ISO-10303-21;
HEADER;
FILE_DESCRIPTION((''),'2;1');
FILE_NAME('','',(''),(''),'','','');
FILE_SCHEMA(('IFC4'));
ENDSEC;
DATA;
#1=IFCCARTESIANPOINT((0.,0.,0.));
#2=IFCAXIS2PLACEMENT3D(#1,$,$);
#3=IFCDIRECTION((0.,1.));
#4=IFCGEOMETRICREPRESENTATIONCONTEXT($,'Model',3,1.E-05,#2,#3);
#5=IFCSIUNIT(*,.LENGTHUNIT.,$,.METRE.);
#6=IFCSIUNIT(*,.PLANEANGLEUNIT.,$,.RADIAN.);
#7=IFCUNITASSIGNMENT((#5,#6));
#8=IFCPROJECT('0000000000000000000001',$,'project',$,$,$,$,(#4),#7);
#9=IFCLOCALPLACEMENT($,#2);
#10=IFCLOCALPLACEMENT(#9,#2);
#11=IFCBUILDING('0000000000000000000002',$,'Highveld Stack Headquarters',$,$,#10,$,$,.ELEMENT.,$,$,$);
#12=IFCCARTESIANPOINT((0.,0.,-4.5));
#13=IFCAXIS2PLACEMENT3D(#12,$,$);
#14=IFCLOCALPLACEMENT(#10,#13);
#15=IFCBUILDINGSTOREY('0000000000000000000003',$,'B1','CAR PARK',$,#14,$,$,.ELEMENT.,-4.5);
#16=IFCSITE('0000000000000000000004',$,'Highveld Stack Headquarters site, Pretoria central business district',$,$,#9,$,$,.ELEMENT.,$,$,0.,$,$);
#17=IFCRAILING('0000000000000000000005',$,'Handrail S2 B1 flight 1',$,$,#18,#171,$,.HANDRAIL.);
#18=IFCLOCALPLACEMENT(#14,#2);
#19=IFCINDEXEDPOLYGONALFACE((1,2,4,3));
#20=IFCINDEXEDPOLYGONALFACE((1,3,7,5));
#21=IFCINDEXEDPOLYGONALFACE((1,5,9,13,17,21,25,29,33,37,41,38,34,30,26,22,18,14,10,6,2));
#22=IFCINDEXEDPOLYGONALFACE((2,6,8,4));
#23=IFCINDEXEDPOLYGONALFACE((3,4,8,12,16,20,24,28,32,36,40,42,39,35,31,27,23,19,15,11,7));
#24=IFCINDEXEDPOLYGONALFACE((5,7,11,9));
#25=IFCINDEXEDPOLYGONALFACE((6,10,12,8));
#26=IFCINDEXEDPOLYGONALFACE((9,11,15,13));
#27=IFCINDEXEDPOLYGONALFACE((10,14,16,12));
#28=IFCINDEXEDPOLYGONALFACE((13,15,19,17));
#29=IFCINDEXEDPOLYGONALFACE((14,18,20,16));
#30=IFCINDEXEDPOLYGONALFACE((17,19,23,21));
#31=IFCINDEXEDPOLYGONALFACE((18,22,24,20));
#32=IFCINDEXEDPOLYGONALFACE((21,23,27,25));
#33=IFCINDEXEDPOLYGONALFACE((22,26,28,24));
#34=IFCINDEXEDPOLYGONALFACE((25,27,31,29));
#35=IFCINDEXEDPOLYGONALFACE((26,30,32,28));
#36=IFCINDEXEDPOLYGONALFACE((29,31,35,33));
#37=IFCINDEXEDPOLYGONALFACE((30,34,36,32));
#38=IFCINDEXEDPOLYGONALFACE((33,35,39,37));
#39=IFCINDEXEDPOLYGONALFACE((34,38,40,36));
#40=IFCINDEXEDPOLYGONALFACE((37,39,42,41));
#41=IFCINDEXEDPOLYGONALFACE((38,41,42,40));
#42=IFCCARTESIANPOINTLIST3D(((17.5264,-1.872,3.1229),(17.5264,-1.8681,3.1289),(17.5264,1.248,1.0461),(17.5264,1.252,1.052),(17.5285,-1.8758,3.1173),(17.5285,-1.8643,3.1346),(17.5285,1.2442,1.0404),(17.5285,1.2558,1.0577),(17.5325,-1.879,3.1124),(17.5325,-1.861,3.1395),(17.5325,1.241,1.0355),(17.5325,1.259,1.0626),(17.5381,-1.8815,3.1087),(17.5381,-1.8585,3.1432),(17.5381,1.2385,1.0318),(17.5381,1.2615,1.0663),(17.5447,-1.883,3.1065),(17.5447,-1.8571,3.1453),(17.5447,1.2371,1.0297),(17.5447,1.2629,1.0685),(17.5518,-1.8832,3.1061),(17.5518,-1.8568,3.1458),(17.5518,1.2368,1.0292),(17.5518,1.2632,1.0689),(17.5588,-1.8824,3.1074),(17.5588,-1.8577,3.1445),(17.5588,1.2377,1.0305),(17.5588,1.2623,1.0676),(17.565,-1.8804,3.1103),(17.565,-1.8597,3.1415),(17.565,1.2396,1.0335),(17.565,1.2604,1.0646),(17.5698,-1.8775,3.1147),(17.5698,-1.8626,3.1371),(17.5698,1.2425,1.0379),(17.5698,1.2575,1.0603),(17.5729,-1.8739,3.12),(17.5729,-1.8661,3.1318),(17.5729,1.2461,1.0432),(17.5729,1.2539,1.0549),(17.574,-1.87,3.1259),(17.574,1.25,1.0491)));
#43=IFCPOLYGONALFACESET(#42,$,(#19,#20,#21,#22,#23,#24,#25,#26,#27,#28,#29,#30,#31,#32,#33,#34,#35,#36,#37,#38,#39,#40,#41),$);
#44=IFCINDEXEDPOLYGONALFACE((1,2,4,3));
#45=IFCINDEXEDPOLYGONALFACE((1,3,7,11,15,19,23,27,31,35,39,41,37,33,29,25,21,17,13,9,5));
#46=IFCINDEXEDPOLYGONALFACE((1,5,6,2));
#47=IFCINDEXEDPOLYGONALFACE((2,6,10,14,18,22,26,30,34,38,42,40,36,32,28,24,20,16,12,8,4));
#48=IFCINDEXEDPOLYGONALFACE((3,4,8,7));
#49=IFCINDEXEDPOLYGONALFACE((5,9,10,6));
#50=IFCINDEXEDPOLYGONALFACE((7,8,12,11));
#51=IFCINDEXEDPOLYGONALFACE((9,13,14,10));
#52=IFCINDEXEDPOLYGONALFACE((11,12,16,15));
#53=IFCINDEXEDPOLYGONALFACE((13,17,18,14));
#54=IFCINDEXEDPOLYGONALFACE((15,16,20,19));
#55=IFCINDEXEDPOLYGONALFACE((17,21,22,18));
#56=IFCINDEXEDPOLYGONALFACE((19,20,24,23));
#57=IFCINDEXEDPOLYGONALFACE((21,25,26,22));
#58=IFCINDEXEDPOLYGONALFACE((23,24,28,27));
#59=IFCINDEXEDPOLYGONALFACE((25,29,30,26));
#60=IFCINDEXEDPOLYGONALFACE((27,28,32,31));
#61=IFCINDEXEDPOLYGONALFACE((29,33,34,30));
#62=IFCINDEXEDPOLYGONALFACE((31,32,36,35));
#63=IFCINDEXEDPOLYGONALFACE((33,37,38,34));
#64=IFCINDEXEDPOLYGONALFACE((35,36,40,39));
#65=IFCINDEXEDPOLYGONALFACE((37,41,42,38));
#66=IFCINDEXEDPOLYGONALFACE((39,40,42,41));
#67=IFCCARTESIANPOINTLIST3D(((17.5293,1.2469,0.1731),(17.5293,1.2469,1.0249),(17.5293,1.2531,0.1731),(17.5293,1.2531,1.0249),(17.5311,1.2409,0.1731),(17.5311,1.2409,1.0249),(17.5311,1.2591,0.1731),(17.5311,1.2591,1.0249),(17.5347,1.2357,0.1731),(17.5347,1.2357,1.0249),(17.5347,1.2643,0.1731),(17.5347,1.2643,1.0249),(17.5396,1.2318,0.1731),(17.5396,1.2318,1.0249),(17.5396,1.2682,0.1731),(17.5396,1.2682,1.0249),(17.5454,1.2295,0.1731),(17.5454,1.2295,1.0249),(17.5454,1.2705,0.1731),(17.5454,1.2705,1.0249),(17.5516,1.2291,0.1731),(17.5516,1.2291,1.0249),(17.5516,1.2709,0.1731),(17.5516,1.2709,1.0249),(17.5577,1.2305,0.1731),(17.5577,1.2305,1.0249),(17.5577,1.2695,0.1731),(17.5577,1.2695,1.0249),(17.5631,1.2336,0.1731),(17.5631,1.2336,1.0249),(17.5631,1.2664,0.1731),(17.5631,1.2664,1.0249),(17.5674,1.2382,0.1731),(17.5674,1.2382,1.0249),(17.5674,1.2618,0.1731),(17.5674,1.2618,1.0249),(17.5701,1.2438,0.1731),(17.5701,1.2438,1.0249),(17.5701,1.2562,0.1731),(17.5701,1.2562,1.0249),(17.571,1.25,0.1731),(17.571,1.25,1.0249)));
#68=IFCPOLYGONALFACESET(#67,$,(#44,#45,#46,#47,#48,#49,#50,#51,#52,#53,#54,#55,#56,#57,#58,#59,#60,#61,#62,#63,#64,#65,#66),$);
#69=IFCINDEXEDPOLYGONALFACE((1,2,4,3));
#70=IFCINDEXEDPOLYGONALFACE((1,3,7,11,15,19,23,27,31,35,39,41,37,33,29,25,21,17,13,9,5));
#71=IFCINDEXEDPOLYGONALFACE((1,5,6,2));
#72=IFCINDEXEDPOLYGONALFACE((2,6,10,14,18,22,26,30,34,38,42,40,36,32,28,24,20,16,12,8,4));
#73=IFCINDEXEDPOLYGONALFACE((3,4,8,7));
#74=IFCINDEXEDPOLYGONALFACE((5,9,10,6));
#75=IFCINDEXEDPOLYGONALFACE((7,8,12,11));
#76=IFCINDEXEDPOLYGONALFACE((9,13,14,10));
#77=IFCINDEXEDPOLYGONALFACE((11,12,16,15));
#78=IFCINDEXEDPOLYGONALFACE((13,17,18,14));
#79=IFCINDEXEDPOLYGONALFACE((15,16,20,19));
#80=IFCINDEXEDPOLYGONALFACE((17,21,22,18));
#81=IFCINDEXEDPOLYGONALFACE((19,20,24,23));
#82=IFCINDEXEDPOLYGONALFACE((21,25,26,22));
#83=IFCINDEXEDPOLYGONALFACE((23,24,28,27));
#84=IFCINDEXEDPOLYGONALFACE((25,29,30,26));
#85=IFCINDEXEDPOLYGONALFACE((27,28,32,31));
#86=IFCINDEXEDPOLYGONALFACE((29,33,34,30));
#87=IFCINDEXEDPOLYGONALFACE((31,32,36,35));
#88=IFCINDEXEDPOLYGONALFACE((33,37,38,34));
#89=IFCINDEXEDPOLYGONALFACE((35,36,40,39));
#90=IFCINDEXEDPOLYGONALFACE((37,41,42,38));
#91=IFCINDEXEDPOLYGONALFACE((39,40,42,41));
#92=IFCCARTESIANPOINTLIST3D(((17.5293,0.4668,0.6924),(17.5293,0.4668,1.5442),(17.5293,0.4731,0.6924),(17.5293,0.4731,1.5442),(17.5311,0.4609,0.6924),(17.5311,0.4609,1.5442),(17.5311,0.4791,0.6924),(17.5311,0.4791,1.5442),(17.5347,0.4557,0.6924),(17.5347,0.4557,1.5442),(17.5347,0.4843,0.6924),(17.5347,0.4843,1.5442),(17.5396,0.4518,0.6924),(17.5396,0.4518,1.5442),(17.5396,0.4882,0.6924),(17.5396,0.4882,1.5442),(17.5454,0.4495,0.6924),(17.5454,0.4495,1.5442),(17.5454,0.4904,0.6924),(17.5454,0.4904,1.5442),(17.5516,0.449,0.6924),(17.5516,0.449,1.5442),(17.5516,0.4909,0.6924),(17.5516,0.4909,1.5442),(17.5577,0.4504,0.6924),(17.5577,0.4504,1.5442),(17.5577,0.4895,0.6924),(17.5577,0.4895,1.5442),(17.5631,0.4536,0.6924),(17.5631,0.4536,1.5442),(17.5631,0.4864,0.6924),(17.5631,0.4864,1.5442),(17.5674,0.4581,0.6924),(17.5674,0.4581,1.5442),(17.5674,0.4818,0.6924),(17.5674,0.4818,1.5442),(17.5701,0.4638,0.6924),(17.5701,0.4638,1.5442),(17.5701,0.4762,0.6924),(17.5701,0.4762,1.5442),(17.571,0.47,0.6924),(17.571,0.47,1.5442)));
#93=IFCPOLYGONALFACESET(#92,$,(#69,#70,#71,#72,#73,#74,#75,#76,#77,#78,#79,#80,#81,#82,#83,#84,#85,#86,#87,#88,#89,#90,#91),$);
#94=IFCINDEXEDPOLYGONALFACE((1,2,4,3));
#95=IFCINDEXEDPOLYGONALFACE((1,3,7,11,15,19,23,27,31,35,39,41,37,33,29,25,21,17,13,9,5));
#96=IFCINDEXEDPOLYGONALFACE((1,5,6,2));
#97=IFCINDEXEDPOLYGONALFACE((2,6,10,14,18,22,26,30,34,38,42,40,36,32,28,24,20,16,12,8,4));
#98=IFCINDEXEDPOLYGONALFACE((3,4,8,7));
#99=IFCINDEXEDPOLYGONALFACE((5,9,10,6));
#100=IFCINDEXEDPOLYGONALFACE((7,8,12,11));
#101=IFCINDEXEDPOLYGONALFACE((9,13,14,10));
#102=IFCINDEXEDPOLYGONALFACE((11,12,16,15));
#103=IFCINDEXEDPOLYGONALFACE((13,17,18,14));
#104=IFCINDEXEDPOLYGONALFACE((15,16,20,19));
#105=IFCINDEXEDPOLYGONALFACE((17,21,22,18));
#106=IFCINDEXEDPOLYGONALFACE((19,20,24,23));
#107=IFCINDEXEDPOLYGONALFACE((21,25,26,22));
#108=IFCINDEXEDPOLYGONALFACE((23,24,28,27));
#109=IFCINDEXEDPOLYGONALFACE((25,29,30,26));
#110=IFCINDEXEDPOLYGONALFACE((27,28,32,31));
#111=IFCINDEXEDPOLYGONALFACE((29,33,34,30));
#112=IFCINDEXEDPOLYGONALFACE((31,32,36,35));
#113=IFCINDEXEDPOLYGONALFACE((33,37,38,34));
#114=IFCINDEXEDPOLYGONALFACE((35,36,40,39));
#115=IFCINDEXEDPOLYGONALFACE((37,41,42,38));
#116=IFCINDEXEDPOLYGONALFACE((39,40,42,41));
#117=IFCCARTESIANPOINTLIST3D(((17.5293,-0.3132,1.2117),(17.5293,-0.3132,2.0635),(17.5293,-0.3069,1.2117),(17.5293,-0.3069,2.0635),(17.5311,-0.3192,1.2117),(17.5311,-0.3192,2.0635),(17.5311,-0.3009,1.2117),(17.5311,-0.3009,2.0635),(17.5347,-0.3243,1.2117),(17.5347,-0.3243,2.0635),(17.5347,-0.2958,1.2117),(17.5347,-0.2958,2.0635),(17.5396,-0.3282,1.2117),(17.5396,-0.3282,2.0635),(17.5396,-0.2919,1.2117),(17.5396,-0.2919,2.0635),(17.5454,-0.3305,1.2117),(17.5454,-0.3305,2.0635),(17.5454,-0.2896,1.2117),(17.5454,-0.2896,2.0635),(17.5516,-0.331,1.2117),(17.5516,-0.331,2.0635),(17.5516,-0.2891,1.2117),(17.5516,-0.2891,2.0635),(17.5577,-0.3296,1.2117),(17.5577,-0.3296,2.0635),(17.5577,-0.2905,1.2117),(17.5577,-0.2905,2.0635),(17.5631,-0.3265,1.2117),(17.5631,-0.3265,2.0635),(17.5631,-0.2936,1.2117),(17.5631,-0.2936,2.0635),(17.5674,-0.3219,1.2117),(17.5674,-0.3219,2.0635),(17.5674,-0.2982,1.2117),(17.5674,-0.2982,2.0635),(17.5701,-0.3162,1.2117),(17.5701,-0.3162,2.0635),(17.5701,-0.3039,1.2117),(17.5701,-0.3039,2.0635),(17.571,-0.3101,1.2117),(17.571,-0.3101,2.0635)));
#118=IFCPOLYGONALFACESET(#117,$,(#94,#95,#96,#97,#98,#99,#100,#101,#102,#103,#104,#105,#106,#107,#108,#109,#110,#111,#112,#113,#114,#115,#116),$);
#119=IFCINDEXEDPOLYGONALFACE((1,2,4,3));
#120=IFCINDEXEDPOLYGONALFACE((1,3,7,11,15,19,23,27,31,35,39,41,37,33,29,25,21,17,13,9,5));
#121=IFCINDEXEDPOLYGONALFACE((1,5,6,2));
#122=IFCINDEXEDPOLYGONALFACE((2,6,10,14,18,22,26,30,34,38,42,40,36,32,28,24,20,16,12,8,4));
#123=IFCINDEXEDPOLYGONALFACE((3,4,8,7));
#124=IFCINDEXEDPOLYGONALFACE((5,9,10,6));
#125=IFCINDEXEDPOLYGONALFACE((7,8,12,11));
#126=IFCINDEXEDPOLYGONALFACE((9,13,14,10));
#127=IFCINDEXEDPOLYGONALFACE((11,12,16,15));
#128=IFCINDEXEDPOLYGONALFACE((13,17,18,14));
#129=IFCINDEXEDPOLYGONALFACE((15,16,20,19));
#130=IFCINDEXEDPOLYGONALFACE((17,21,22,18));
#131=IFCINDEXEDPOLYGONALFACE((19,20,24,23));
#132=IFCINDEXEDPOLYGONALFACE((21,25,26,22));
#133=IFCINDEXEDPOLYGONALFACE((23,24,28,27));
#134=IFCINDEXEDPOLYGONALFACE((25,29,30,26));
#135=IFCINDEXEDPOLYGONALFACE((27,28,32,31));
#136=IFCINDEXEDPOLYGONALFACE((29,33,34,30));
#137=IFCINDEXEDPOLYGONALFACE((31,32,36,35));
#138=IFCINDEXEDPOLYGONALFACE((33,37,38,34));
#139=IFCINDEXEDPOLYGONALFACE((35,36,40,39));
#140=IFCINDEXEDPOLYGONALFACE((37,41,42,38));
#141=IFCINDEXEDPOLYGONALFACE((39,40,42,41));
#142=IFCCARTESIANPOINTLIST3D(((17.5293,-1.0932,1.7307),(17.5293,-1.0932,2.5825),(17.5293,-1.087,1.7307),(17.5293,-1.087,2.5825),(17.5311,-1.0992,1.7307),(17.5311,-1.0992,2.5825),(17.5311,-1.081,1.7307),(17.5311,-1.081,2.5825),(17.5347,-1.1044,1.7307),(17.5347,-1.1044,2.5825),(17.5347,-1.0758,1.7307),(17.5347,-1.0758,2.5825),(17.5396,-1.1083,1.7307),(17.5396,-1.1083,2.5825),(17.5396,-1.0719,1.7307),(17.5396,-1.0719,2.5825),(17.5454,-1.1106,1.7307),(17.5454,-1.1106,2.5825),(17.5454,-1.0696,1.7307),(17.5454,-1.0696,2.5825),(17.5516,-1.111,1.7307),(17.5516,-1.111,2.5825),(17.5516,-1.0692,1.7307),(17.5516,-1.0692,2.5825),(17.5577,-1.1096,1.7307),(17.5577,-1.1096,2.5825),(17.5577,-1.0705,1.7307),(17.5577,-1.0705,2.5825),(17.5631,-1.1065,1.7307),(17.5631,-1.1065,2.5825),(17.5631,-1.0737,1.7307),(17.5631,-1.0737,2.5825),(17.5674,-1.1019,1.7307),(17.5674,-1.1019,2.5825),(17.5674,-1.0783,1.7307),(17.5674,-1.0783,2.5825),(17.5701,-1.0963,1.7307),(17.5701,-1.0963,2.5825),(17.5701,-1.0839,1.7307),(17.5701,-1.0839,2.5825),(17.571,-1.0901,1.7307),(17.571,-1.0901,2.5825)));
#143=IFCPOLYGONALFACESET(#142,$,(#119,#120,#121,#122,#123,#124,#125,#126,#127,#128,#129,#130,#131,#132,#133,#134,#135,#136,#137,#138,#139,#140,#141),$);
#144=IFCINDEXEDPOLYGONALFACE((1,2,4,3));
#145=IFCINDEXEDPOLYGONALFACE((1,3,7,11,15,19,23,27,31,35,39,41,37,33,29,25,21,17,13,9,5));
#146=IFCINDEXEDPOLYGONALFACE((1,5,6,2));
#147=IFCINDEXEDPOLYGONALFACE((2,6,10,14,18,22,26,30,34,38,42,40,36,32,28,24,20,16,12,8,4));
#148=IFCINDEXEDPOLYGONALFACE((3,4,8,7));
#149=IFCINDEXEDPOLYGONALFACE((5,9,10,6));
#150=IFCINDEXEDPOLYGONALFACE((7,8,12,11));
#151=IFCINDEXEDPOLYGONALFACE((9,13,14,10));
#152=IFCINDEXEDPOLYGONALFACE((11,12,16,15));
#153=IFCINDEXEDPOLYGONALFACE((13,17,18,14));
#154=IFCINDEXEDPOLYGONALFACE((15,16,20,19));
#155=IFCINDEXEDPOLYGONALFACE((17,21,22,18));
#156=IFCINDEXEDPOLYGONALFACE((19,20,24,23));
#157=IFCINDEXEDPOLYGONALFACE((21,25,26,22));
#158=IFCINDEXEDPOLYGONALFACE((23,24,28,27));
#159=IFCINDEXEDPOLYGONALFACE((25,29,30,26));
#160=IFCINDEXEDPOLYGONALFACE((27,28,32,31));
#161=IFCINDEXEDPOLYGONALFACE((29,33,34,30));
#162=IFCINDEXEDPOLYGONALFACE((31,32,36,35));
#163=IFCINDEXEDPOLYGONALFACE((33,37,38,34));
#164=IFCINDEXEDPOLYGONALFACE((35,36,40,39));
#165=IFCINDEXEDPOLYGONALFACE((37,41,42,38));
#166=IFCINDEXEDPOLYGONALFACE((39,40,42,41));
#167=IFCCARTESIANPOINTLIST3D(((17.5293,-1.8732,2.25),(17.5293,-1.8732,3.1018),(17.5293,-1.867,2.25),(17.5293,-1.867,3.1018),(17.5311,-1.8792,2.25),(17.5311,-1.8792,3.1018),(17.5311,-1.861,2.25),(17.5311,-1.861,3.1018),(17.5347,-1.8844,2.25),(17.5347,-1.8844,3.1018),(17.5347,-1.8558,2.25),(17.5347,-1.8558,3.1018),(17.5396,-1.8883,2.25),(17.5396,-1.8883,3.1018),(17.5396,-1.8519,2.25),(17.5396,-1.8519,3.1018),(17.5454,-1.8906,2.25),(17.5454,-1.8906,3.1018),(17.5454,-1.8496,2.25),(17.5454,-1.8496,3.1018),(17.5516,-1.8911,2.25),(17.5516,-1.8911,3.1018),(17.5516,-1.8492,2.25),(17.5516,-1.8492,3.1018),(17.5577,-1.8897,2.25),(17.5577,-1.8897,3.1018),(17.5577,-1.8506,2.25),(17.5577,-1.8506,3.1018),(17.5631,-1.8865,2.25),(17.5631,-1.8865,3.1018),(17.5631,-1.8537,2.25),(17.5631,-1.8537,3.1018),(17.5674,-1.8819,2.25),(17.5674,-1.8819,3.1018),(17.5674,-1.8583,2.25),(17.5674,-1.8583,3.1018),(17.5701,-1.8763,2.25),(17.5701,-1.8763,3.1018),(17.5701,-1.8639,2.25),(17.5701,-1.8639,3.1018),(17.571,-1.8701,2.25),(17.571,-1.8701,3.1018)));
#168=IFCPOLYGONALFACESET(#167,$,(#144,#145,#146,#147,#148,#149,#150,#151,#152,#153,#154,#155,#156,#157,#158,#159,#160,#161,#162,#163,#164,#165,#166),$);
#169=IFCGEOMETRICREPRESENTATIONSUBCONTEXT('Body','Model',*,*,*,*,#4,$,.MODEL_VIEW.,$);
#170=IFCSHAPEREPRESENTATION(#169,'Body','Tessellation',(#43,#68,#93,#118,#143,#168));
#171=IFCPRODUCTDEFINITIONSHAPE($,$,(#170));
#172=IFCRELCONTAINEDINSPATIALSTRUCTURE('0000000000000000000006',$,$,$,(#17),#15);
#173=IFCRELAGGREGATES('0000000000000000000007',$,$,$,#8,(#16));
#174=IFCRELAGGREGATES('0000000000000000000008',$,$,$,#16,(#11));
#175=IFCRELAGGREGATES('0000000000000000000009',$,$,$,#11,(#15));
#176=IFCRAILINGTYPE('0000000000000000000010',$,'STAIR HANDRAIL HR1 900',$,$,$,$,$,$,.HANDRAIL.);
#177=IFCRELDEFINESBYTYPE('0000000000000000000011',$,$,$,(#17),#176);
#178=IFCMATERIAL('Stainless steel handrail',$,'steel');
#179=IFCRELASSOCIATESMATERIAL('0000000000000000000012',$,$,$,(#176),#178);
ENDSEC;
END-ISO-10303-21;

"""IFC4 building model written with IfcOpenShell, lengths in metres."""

from ifc_helpers import new_model, si_unit, direction, frame, origin, origin_2d, place, context, subcontext, project, spatial, circle, extrude, material, type_object, element, save


model = new_model("IFC4")

# Units and contexts
model_context = context("Model", 3, precision=1e-05, world=origin(), true_north=direction((0.0, 1.0)))
body_context = subcontext(model_context, "Body", "Model", "MODEL_VIEW")
ifc_project = project(units=[si_unit("LENGTHUNIT", "METRE"), si_unit("PLANEANGLEUNIT", "RADIAN")], contexts=[model_context])

# Site, building, storey
site_placement = place(None, origin())
site = spatial("IfcSite", under=ifc_project, at=site_placement, Name="Highveld Stack Headquarters site, Pretoria central business district", CompositionType="ELEMENT", RefElevation=0.0)
building_placement = place(site_placement, origin())
building = spatial("IfcBuilding", under=site, at=building_placement, Name="Highveld Stack Headquarters", CompositionType="ELEMENT")
storey_placement = place(building_placement, frame((0.0, 0.0, -4.5)))
storey = spatial("IfcBuildingStorey", under=building, at=storey_placement, Name="B1", Description="CAR PARK", CompositionType="ELEMENT", Elevation=-4.5)

# Railing
ifc_material_1 = material(Name="Stainless steel handrail", Category="steel")
railing_type = type_object("IfcRailingType", Name="STAIR HANDRAIL HR1 900", PredefinedType="HANDRAIL", material=ifc_material_1)
for number, where, name in (
    (1, (17.55, 1.25, 0.1731), "Handrail S2 B1 flight 1"),
):
    element("IfcRailing", number, at=place(storey_placement, frame(where)), inside=storey, type_object=railing_type, Name=name, PredefinedType="HANDRAIL", context=body_context, shape_type="SweptSolid", body=[
        extrude(circle(Radius=0.0239, at=origin_2d()), frame((0.0, 0.0, 0.876), z_axis=(0.0, -0.832441, 0.554114), x_axis=(1.0, 0.0, 0.0)), (0.0, 0.0, 1.0), 3.748),
        extrude(circle(Radius=0.021, at=origin_2d()), origin(), (0.0, 0.0, 1.0), 0.8518),
        extrude(circle(Radius=0.021, at=origin_2d()), frame((0.0, -0.78, 0.5193)), (0.0, 0.0, 1.0), 0.8518),
        extrude(circle(Radius=0.021, at=origin_2d()), frame((0.0, -1.5601, 1.0386)), (0.0, 0.0, 1.0), 0.8518),
        extrude(circle(Radius=0.021, at=origin_2d()), frame((0.0, -2.3401, 1.5576)), (0.0, 0.0, 1.0), 0.8518),
        extrude(circle(Radius=0.021, at=origin_2d()), frame((0.0, -3.1201, 2.0769)), (0.0, 0.0, 1.0), 0.8518),
    ])

save(model, "model.ifc")
